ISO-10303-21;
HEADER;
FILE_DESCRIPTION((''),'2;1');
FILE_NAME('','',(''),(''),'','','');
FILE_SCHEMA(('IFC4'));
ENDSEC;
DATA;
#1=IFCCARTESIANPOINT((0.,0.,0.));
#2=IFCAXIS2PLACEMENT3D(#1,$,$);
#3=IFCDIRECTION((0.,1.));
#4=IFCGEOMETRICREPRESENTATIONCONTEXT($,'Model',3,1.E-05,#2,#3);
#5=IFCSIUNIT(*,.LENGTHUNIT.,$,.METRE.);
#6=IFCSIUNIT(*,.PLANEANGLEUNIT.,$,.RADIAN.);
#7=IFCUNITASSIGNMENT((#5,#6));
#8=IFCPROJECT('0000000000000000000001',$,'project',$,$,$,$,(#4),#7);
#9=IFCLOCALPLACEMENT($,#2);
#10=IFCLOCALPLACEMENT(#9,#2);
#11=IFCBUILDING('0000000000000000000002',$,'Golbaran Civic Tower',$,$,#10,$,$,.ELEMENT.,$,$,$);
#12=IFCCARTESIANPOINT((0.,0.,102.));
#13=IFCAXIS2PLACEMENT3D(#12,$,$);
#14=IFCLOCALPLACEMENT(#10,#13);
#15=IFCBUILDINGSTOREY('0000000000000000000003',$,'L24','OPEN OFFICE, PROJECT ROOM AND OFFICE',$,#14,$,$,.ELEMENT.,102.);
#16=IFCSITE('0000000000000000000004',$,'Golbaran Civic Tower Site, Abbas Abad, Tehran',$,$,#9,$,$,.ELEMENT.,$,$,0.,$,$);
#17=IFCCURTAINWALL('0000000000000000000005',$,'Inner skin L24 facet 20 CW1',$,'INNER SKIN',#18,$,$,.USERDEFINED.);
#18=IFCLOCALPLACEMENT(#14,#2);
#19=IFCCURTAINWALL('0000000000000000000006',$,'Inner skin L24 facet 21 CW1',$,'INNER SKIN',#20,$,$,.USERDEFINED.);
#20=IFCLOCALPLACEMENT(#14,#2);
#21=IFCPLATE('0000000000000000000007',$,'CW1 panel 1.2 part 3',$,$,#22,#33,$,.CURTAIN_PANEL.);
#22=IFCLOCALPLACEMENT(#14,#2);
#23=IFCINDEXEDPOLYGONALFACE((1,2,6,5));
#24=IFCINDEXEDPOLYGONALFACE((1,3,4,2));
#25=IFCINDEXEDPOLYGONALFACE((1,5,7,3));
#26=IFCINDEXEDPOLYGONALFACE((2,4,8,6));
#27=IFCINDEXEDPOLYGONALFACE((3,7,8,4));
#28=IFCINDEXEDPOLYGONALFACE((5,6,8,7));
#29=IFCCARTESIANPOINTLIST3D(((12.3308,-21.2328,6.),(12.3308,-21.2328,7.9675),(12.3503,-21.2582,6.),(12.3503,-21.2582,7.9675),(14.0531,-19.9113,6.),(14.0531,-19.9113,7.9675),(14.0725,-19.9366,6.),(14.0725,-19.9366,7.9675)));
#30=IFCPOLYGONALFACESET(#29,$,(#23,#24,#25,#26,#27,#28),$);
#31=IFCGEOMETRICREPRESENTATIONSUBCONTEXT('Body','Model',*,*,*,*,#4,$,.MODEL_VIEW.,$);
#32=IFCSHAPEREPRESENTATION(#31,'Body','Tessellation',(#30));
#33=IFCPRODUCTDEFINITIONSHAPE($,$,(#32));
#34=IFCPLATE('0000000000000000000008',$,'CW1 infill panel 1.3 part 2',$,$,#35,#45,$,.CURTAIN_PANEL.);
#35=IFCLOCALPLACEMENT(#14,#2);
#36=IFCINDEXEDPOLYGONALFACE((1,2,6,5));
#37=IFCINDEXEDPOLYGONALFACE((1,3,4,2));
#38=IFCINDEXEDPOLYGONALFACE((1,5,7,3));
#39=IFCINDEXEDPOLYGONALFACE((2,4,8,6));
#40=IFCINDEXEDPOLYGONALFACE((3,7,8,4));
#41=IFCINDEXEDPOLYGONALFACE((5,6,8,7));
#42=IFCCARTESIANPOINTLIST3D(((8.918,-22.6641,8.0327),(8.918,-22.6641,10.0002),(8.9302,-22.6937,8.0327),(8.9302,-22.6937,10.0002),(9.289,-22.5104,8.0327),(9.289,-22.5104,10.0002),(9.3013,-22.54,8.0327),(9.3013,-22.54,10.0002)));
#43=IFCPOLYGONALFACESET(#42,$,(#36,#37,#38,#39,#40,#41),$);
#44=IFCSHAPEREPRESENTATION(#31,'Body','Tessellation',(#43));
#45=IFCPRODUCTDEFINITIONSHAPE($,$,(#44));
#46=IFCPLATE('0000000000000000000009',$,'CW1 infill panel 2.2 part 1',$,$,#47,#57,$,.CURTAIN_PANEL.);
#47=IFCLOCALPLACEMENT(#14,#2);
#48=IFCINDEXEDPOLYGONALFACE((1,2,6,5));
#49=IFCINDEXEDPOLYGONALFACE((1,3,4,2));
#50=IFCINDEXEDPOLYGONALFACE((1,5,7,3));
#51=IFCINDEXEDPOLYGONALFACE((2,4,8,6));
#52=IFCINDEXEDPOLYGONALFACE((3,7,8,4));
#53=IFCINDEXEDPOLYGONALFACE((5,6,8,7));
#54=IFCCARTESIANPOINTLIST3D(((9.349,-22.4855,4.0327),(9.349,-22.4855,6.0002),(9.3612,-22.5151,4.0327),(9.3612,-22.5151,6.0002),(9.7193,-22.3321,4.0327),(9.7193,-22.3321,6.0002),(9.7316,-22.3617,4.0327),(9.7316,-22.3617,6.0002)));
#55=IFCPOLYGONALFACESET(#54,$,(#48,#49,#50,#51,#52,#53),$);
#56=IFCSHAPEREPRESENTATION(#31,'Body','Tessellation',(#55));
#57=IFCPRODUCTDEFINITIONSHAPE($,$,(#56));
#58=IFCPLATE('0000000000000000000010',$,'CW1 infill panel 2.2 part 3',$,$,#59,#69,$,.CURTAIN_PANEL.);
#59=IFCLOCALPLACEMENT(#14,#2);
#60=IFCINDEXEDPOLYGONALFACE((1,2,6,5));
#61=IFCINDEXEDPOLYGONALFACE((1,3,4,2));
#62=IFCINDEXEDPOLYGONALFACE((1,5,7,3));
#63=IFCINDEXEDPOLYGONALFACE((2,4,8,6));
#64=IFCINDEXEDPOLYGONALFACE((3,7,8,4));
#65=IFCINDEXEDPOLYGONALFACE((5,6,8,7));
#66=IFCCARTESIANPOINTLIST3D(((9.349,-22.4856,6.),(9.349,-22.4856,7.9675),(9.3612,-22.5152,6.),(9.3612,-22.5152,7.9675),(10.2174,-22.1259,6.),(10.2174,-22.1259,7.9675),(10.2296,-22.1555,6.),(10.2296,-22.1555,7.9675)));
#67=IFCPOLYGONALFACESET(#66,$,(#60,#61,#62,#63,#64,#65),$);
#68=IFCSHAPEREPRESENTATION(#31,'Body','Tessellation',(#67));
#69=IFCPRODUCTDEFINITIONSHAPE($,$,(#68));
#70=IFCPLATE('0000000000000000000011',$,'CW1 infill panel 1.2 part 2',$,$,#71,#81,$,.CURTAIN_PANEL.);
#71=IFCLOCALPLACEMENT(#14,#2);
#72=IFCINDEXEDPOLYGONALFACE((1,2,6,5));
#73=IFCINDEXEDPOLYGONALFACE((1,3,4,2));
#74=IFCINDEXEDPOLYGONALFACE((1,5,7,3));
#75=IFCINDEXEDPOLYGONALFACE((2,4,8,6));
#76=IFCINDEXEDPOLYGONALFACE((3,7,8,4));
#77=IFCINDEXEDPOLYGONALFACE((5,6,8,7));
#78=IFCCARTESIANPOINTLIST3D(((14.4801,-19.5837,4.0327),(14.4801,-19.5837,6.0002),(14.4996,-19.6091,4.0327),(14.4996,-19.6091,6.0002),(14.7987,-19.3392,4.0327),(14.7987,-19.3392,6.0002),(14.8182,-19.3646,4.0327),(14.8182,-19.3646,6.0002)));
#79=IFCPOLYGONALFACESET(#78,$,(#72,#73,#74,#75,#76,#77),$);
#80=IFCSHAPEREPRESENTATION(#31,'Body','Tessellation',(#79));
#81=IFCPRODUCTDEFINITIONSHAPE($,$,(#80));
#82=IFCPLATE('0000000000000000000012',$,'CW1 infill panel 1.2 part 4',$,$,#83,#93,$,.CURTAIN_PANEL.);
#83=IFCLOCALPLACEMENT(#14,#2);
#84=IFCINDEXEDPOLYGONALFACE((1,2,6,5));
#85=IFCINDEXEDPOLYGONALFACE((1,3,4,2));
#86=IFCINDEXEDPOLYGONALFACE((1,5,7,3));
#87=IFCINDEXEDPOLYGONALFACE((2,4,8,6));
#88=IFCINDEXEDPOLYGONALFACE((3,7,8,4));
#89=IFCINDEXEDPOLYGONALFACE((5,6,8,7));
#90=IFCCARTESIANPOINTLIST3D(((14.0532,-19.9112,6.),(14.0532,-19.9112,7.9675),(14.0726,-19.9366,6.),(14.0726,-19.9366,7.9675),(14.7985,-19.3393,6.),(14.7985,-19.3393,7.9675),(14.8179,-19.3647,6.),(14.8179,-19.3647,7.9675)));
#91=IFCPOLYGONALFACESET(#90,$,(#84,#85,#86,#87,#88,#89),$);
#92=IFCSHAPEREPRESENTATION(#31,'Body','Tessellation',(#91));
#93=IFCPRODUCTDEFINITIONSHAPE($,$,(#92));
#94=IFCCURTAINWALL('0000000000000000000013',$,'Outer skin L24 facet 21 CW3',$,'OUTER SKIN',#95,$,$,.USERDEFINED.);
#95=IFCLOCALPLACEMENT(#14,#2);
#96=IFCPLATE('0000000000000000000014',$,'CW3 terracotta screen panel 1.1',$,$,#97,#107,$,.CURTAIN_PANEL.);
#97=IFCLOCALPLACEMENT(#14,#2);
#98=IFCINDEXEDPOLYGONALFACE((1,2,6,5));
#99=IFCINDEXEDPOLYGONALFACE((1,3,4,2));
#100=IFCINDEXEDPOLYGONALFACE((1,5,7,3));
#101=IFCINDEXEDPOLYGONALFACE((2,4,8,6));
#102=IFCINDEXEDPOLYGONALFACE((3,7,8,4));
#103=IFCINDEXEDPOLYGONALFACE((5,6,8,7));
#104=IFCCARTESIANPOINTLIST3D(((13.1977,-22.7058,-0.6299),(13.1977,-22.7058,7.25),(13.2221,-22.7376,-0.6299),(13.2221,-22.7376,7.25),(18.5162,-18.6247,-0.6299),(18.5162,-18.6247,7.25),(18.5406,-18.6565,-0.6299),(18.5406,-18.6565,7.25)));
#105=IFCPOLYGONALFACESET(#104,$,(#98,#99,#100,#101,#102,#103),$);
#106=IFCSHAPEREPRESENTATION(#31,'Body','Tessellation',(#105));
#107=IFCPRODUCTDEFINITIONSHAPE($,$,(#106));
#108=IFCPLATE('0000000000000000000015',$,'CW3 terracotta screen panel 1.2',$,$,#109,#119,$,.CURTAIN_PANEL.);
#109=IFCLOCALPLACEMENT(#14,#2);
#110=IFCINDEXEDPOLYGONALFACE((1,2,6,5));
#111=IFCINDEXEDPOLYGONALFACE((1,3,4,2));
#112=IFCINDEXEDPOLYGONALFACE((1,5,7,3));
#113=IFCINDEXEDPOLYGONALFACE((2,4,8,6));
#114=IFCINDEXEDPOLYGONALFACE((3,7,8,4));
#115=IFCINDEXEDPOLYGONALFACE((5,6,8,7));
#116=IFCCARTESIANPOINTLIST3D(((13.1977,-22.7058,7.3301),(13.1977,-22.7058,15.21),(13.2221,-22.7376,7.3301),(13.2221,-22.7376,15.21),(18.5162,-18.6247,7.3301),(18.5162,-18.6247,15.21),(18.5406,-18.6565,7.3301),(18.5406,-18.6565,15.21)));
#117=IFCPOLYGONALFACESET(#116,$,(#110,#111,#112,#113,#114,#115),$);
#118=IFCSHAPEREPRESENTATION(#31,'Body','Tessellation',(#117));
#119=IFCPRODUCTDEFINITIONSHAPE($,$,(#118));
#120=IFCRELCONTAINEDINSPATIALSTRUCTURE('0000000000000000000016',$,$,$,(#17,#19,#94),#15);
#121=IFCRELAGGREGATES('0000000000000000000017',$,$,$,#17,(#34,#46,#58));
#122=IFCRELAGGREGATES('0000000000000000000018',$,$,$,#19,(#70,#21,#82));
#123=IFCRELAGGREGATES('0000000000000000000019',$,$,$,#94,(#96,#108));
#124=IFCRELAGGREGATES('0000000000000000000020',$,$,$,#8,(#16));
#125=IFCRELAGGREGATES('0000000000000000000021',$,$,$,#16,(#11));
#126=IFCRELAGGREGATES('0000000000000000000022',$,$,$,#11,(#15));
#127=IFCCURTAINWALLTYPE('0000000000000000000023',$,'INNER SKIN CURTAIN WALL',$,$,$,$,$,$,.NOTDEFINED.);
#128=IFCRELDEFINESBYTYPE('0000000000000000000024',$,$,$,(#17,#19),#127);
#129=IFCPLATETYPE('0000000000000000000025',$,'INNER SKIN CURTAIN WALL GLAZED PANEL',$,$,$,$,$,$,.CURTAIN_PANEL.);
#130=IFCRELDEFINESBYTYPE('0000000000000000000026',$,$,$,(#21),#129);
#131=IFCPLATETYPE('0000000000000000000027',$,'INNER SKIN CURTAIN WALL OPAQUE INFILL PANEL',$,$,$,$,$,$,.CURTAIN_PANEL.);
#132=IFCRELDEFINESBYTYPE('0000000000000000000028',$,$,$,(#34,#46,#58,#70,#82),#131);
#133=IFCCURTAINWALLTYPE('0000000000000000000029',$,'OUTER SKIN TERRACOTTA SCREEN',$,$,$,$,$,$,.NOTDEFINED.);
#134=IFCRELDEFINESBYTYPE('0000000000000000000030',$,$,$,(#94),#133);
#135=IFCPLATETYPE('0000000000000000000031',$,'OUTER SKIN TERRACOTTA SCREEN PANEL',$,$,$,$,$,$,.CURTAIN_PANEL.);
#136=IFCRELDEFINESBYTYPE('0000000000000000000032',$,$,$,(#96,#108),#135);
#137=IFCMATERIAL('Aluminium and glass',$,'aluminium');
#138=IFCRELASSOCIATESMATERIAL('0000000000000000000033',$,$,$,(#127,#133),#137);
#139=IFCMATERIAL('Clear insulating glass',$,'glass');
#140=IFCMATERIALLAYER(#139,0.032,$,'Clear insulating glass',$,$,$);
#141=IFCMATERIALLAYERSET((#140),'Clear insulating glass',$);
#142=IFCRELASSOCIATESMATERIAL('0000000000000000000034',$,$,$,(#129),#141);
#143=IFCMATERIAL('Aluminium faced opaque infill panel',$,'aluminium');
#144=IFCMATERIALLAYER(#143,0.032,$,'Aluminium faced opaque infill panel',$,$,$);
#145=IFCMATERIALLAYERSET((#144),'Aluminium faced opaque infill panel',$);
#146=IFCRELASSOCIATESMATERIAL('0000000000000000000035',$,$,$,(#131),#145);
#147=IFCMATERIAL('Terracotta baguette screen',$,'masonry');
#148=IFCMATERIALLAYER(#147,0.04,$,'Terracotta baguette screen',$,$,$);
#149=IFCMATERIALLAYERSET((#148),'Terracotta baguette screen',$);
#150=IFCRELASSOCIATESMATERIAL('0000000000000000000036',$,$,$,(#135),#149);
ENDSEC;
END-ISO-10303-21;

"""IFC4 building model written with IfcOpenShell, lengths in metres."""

from ifc_helpers import new_model, si_unit, direction, frame, origin, origin_2d, place, context, subcontext, project, spatial, rectangle, extrude, material, layer, layer_set, type_object, element, aggregate, save


model = new_model("IFC4")

# Units and contexts
model_context = context("Model", 3, precision=1e-05, world=origin(), true_north=direction((0.0, 1.0)))
body_context = subcontext(model_context, "Body", "Model", "MODEL_VIEW")
ifc_project = project(units=[si_unit("LENGTHUNIT", "METRE"), si_unit("PLANEANGLEUNIT", "RADIAN")], contexts=[model_context])

# Site, building, storey
site_placement = place(None, origin())
site = spatial("IfcSite", under=ifc_project, at=site_placement, Name="Golbaran Civic Tower Site, Abbas Abad, Tehran", CompositionType="ELEMENT", RefElevation=0.0)
building_placement = place(site_placement, origin())
building = spatial("IfcBuilding", under=site, at=building_placement, Name="Golbaran Civic Tower", CompositionType="ELEMENT")
storey_placement = place(building_placement, frame((0.0, 0.0, 102.0)))
storey = spatial("IfcBuildingStorey", under=building, at=storey_placement, Name="L24", Description="OPEN OFFICE, PROJECT ROOM AND OFFICE", CompositionType="ELEMENT", Elevation=102.0)

# Curtain wall
ifc_material_1 = material(Name="Aluminium and glass", Category="aluminium")
curtain_wall_type_1 = type_object("IfcCurtainWallType", Name="INNER SKIN CURTAIN WALL", PredefinedType="NOTDEFINED", material=ifc_material_1)
curtain_wall_1_placement = place(storey_placement, origin())
curtain_wall_1 = element("IfcCurtainWall", 1, at=curtain_wall_1_placement, inside=storey, type_object=curtain_wall_type_1, Name="Inner skin L24 facet 20 CW1", ObjectType="INNER SKIN", PredefinedType="USERDEFINED")

# Curtain wall
curtain_wall_2_placement = place(storey_placement, origin())
curtain_wall_2 = element("IfcCurtainWall", 2, at=curtain_wall_2_placement, inside=storey, type_object=curtain_wall_type_1, Name="Inner skin L24 facet 21 CW1", ObjectType="INNER SKIN", PredefinedType="USERDEFINED")

# Plates
ifc_material_2 = material(Name="Clear insulating glass", Category="glass")
ifc_layer_1 = layer(ifc_material_2, 0.032, Name="Clear insulating glass")
ifc_layer_set_1 = layer_set([ifc_layer_1], Name="Clear insulating glass")
plate_type_1 = type_object("IfcPlateType", Name="INNER SKIN CURTAIN WALL GLAZED PANEL", PredefinedType="CURTAIN_PANEL", material=ifc_layer_set_1)
plate_1_placement = place(storey_placement, frame((13.2017, -20.5847, 6.0), z_axis=(0.0, 0.0, 1.0), x_axis=(0.793353, 0.608761, 0.0)))
plate_1 = element("IfcPlate", 3, at=plate_1_placement, type_object=plate_type_1, Name="CW1 panel 1.2 part 3", PredefinedType="CURTAIN_PANEL", context=body_context, shape_type="SweptSolid", body=[
    extrude(rectangle(XDim=2.1709, YDim=0.032, at=origin_2d()), origin(), (0.0, 0.0, 1.0), 1.9675),
])
ifc_material_3 = material(Name="Aluminium faced opaque infill panel", Category="aluminium")
ifc_layer_2 = layer(ifc_material_3, 0.032, Name="Aluminium faced opaque infill panel")
ifc_layer_set_2 = layer_set([ifc_layer_2], Name="Aluminium faced opaque infill panel")
plate_type_2 = type_object("IfcPlateType", Name="INNER SKIN CURTAIN WALL OPAQUE INFILL PANEL", PredefinedType="CURTAIN_PANEL", material=ifc_layer_set_2)
plate_2_placement = place(storey_placement, frame((9.1096, -22.6021, 8.0327), z_axis=(0.0, 0.0, 1.0), x_axis=(0.92388, 0.382683, 0.0)))
plate_2 = element("IfcPlate", 4, at=plate_2_placement, type_object=plate_type_2, Name="CW1 infill panel 1.3 part 2", PredefinedType="CURTAIN_PANEL", context=body_context, shape_type="SweptSolid", body=[
    extrude(rectangle(XDim=0.4016, YDim=0.032, at=origin_2d()), origin(), (0.0, 0.0, 1.0), 1.9675),
])
plate_3_placement = place(storey_placement, frame((9.5403, -22.4236, 4.0327), z_axis=(0.0, 0.0, 1.0), x_axis=(0.92388, 0.382683, 0.0)))
plate_3 = element("IfcPlate", 5, at=plate_3_placement, type_object=plate_type_2, Name="CW1 infill panel 2.2 part 1", PredefinedType="CURTAIN_PANEL", context=body_context, shape_type="SweptSolid", body=[
    extrude(rectangle(XDim=0.4009, YDim=0.032, at=origin_2d()), origin(), (0.0, 0.0, 1.0), 1.9675),
])
plate_4_placement = place(storey_placement, frame((9.7893, -22.3206, 6.0), z_axis=(0.0, 0.0, 1.0), x_axis=(0.92388, 0.382683, 0.0)))
plate_4 = element("IfcPlate", 6, at=plate_4_placement, type_object=plate_type_2, Name="CW1 infill panel 2.2 part 3", PredefinedType="CURTAIN_PANEL", context=body_context, shape_type="SweptSolid", body=[
    extrude(rectangle(XDim=0.9399, YDim=0.032, at=origin_2d()), origin(), (0.0, 0.0, 1.0), 1.9675),
])
aggregate(curtain_wall_1, [plate_2, plate_3, plate_4])
plate_5_placement = place(storey_placement, frame((14.6492, -19.4741, 4.0327), z_axis=(0.0, 0.0, 1.0), x_axis=(0.793353, 0.608761, 0.0)))
plate_5 = element("IfcPlate", 7, at=plate_5_placement, type_object=plate_type_2, Name="CW1 infill panel 1.2 part 2", PredefinedType="CURTAIN_PANEL", context=body_context, shape_type="SweptSolid", body=[
    extrude(rectangle(XDim=0.4016, YDim=0.032, at=origin_2d()), origin(), (0.0, 0.0, 1.0), 1.9675),
])
plate_6_placement = place(storey_placement, frame((14.4355, -19.6379, 6.0), z_axis=(0.0, 0.0, 1.0), x_axis=(0.793353, 0.608761, 0.0)))
plate_6 = element("IfcPlate", 8, at=plate_6_placement, type_object=plate_type_2, Name="CW1 infill panel 1.2 part 4", PredefinedType="CURTAIN_PANEL", context=body_context, shape_type="SweptSolid", body=[
    extrude(rectangle(XDim=0.9395, YDim=0.032, at=origin_2d()), origin(), (0.0, 0.0, 1.0), 1.9675),
])
aggregate(curtain_wall_2, [plate_5, plate_1, plate_6])

# Curtain wall, plates
curtain_wall_type_2 = type_object("IfcCurtainWallType", Name="OUTER SKIN TERRACOTTA SCREEN", PredefinedType="NOTDEFINED", material=ifc_material_1)
curtain_wall_3_placement = place(storey_placement, origin())
curtain_wall_3 = element("IfcCurtainWall", 9, at=curtain_wall_3_placement, inside=storey, type_object=curtain_wall_type_2, Name="Outer skin L24 facet 21 CW3", ObjectType="OUTER SKIN", PredefinedType="USERDEFINED")
ifc_material_4 = material(Name="Terracotta baguette screen", Category="masonry")
ifc_layer_3 = layer(ifc_material_4, 0.04, Name="Terracotta baguette screen")
ifc_layer_set_3 = layer_set([ifc_layer_3], Name="Terracotta baguette screen")
plate_type_3 = type_object("IfcPlateType", Name="OUTER SKIN TERRACOTTA SCREEN PANEL", PredefinedType="CURTAIN_PANEL", material=ifc_layer_set_3)
plate_7_placement = place(storey_placement, frame((15.8691, -20.6812, -0.6299), z_axis=(0.0, 0.0, 1.0), x_axis=(0.793353, 0.608761, 0.0)))
plate_7 = element("IfcPlate", 10, at=plate_7_placement, type_object=plate_type_3, Name="CW3 terracotta screen panel 1.1", PredefinedType="CURTAIN_PANEL", context=body_context, shape_type="SweptSolid", body=[
    extrude(rectangle(XDim=6.7039, YDim=0.04, at=origin_2d()), origin(), (0.0, 0.0, 1.0), 7.8799),
])
plate_8_placement = place(storey_placement, frame((15.8691, -20.6812, 7.3301), z_axis=(0.0, 0.0, 1.0), x_axis=(0.793353, 0.608761, 0.0)))
plate_8 = element("IfcPlate", 11, at=plate_8_placement, type_object=plate_type_3, Name="CW3 terracotta screen panel 1.2", PredefinedType="CURTAIN_PANEL", context=body_context, shape_type="SweptSolid", body=[
    extrude(rectangle(XDim=6.7039, YDim=0.04, at=origin_2d()), origin(), (0.0, 0.0, 1.0), 7.8799),
])
aggregate(curtain_wall_3, [plate_7, plate_8])

save(model, "model.ifc")
